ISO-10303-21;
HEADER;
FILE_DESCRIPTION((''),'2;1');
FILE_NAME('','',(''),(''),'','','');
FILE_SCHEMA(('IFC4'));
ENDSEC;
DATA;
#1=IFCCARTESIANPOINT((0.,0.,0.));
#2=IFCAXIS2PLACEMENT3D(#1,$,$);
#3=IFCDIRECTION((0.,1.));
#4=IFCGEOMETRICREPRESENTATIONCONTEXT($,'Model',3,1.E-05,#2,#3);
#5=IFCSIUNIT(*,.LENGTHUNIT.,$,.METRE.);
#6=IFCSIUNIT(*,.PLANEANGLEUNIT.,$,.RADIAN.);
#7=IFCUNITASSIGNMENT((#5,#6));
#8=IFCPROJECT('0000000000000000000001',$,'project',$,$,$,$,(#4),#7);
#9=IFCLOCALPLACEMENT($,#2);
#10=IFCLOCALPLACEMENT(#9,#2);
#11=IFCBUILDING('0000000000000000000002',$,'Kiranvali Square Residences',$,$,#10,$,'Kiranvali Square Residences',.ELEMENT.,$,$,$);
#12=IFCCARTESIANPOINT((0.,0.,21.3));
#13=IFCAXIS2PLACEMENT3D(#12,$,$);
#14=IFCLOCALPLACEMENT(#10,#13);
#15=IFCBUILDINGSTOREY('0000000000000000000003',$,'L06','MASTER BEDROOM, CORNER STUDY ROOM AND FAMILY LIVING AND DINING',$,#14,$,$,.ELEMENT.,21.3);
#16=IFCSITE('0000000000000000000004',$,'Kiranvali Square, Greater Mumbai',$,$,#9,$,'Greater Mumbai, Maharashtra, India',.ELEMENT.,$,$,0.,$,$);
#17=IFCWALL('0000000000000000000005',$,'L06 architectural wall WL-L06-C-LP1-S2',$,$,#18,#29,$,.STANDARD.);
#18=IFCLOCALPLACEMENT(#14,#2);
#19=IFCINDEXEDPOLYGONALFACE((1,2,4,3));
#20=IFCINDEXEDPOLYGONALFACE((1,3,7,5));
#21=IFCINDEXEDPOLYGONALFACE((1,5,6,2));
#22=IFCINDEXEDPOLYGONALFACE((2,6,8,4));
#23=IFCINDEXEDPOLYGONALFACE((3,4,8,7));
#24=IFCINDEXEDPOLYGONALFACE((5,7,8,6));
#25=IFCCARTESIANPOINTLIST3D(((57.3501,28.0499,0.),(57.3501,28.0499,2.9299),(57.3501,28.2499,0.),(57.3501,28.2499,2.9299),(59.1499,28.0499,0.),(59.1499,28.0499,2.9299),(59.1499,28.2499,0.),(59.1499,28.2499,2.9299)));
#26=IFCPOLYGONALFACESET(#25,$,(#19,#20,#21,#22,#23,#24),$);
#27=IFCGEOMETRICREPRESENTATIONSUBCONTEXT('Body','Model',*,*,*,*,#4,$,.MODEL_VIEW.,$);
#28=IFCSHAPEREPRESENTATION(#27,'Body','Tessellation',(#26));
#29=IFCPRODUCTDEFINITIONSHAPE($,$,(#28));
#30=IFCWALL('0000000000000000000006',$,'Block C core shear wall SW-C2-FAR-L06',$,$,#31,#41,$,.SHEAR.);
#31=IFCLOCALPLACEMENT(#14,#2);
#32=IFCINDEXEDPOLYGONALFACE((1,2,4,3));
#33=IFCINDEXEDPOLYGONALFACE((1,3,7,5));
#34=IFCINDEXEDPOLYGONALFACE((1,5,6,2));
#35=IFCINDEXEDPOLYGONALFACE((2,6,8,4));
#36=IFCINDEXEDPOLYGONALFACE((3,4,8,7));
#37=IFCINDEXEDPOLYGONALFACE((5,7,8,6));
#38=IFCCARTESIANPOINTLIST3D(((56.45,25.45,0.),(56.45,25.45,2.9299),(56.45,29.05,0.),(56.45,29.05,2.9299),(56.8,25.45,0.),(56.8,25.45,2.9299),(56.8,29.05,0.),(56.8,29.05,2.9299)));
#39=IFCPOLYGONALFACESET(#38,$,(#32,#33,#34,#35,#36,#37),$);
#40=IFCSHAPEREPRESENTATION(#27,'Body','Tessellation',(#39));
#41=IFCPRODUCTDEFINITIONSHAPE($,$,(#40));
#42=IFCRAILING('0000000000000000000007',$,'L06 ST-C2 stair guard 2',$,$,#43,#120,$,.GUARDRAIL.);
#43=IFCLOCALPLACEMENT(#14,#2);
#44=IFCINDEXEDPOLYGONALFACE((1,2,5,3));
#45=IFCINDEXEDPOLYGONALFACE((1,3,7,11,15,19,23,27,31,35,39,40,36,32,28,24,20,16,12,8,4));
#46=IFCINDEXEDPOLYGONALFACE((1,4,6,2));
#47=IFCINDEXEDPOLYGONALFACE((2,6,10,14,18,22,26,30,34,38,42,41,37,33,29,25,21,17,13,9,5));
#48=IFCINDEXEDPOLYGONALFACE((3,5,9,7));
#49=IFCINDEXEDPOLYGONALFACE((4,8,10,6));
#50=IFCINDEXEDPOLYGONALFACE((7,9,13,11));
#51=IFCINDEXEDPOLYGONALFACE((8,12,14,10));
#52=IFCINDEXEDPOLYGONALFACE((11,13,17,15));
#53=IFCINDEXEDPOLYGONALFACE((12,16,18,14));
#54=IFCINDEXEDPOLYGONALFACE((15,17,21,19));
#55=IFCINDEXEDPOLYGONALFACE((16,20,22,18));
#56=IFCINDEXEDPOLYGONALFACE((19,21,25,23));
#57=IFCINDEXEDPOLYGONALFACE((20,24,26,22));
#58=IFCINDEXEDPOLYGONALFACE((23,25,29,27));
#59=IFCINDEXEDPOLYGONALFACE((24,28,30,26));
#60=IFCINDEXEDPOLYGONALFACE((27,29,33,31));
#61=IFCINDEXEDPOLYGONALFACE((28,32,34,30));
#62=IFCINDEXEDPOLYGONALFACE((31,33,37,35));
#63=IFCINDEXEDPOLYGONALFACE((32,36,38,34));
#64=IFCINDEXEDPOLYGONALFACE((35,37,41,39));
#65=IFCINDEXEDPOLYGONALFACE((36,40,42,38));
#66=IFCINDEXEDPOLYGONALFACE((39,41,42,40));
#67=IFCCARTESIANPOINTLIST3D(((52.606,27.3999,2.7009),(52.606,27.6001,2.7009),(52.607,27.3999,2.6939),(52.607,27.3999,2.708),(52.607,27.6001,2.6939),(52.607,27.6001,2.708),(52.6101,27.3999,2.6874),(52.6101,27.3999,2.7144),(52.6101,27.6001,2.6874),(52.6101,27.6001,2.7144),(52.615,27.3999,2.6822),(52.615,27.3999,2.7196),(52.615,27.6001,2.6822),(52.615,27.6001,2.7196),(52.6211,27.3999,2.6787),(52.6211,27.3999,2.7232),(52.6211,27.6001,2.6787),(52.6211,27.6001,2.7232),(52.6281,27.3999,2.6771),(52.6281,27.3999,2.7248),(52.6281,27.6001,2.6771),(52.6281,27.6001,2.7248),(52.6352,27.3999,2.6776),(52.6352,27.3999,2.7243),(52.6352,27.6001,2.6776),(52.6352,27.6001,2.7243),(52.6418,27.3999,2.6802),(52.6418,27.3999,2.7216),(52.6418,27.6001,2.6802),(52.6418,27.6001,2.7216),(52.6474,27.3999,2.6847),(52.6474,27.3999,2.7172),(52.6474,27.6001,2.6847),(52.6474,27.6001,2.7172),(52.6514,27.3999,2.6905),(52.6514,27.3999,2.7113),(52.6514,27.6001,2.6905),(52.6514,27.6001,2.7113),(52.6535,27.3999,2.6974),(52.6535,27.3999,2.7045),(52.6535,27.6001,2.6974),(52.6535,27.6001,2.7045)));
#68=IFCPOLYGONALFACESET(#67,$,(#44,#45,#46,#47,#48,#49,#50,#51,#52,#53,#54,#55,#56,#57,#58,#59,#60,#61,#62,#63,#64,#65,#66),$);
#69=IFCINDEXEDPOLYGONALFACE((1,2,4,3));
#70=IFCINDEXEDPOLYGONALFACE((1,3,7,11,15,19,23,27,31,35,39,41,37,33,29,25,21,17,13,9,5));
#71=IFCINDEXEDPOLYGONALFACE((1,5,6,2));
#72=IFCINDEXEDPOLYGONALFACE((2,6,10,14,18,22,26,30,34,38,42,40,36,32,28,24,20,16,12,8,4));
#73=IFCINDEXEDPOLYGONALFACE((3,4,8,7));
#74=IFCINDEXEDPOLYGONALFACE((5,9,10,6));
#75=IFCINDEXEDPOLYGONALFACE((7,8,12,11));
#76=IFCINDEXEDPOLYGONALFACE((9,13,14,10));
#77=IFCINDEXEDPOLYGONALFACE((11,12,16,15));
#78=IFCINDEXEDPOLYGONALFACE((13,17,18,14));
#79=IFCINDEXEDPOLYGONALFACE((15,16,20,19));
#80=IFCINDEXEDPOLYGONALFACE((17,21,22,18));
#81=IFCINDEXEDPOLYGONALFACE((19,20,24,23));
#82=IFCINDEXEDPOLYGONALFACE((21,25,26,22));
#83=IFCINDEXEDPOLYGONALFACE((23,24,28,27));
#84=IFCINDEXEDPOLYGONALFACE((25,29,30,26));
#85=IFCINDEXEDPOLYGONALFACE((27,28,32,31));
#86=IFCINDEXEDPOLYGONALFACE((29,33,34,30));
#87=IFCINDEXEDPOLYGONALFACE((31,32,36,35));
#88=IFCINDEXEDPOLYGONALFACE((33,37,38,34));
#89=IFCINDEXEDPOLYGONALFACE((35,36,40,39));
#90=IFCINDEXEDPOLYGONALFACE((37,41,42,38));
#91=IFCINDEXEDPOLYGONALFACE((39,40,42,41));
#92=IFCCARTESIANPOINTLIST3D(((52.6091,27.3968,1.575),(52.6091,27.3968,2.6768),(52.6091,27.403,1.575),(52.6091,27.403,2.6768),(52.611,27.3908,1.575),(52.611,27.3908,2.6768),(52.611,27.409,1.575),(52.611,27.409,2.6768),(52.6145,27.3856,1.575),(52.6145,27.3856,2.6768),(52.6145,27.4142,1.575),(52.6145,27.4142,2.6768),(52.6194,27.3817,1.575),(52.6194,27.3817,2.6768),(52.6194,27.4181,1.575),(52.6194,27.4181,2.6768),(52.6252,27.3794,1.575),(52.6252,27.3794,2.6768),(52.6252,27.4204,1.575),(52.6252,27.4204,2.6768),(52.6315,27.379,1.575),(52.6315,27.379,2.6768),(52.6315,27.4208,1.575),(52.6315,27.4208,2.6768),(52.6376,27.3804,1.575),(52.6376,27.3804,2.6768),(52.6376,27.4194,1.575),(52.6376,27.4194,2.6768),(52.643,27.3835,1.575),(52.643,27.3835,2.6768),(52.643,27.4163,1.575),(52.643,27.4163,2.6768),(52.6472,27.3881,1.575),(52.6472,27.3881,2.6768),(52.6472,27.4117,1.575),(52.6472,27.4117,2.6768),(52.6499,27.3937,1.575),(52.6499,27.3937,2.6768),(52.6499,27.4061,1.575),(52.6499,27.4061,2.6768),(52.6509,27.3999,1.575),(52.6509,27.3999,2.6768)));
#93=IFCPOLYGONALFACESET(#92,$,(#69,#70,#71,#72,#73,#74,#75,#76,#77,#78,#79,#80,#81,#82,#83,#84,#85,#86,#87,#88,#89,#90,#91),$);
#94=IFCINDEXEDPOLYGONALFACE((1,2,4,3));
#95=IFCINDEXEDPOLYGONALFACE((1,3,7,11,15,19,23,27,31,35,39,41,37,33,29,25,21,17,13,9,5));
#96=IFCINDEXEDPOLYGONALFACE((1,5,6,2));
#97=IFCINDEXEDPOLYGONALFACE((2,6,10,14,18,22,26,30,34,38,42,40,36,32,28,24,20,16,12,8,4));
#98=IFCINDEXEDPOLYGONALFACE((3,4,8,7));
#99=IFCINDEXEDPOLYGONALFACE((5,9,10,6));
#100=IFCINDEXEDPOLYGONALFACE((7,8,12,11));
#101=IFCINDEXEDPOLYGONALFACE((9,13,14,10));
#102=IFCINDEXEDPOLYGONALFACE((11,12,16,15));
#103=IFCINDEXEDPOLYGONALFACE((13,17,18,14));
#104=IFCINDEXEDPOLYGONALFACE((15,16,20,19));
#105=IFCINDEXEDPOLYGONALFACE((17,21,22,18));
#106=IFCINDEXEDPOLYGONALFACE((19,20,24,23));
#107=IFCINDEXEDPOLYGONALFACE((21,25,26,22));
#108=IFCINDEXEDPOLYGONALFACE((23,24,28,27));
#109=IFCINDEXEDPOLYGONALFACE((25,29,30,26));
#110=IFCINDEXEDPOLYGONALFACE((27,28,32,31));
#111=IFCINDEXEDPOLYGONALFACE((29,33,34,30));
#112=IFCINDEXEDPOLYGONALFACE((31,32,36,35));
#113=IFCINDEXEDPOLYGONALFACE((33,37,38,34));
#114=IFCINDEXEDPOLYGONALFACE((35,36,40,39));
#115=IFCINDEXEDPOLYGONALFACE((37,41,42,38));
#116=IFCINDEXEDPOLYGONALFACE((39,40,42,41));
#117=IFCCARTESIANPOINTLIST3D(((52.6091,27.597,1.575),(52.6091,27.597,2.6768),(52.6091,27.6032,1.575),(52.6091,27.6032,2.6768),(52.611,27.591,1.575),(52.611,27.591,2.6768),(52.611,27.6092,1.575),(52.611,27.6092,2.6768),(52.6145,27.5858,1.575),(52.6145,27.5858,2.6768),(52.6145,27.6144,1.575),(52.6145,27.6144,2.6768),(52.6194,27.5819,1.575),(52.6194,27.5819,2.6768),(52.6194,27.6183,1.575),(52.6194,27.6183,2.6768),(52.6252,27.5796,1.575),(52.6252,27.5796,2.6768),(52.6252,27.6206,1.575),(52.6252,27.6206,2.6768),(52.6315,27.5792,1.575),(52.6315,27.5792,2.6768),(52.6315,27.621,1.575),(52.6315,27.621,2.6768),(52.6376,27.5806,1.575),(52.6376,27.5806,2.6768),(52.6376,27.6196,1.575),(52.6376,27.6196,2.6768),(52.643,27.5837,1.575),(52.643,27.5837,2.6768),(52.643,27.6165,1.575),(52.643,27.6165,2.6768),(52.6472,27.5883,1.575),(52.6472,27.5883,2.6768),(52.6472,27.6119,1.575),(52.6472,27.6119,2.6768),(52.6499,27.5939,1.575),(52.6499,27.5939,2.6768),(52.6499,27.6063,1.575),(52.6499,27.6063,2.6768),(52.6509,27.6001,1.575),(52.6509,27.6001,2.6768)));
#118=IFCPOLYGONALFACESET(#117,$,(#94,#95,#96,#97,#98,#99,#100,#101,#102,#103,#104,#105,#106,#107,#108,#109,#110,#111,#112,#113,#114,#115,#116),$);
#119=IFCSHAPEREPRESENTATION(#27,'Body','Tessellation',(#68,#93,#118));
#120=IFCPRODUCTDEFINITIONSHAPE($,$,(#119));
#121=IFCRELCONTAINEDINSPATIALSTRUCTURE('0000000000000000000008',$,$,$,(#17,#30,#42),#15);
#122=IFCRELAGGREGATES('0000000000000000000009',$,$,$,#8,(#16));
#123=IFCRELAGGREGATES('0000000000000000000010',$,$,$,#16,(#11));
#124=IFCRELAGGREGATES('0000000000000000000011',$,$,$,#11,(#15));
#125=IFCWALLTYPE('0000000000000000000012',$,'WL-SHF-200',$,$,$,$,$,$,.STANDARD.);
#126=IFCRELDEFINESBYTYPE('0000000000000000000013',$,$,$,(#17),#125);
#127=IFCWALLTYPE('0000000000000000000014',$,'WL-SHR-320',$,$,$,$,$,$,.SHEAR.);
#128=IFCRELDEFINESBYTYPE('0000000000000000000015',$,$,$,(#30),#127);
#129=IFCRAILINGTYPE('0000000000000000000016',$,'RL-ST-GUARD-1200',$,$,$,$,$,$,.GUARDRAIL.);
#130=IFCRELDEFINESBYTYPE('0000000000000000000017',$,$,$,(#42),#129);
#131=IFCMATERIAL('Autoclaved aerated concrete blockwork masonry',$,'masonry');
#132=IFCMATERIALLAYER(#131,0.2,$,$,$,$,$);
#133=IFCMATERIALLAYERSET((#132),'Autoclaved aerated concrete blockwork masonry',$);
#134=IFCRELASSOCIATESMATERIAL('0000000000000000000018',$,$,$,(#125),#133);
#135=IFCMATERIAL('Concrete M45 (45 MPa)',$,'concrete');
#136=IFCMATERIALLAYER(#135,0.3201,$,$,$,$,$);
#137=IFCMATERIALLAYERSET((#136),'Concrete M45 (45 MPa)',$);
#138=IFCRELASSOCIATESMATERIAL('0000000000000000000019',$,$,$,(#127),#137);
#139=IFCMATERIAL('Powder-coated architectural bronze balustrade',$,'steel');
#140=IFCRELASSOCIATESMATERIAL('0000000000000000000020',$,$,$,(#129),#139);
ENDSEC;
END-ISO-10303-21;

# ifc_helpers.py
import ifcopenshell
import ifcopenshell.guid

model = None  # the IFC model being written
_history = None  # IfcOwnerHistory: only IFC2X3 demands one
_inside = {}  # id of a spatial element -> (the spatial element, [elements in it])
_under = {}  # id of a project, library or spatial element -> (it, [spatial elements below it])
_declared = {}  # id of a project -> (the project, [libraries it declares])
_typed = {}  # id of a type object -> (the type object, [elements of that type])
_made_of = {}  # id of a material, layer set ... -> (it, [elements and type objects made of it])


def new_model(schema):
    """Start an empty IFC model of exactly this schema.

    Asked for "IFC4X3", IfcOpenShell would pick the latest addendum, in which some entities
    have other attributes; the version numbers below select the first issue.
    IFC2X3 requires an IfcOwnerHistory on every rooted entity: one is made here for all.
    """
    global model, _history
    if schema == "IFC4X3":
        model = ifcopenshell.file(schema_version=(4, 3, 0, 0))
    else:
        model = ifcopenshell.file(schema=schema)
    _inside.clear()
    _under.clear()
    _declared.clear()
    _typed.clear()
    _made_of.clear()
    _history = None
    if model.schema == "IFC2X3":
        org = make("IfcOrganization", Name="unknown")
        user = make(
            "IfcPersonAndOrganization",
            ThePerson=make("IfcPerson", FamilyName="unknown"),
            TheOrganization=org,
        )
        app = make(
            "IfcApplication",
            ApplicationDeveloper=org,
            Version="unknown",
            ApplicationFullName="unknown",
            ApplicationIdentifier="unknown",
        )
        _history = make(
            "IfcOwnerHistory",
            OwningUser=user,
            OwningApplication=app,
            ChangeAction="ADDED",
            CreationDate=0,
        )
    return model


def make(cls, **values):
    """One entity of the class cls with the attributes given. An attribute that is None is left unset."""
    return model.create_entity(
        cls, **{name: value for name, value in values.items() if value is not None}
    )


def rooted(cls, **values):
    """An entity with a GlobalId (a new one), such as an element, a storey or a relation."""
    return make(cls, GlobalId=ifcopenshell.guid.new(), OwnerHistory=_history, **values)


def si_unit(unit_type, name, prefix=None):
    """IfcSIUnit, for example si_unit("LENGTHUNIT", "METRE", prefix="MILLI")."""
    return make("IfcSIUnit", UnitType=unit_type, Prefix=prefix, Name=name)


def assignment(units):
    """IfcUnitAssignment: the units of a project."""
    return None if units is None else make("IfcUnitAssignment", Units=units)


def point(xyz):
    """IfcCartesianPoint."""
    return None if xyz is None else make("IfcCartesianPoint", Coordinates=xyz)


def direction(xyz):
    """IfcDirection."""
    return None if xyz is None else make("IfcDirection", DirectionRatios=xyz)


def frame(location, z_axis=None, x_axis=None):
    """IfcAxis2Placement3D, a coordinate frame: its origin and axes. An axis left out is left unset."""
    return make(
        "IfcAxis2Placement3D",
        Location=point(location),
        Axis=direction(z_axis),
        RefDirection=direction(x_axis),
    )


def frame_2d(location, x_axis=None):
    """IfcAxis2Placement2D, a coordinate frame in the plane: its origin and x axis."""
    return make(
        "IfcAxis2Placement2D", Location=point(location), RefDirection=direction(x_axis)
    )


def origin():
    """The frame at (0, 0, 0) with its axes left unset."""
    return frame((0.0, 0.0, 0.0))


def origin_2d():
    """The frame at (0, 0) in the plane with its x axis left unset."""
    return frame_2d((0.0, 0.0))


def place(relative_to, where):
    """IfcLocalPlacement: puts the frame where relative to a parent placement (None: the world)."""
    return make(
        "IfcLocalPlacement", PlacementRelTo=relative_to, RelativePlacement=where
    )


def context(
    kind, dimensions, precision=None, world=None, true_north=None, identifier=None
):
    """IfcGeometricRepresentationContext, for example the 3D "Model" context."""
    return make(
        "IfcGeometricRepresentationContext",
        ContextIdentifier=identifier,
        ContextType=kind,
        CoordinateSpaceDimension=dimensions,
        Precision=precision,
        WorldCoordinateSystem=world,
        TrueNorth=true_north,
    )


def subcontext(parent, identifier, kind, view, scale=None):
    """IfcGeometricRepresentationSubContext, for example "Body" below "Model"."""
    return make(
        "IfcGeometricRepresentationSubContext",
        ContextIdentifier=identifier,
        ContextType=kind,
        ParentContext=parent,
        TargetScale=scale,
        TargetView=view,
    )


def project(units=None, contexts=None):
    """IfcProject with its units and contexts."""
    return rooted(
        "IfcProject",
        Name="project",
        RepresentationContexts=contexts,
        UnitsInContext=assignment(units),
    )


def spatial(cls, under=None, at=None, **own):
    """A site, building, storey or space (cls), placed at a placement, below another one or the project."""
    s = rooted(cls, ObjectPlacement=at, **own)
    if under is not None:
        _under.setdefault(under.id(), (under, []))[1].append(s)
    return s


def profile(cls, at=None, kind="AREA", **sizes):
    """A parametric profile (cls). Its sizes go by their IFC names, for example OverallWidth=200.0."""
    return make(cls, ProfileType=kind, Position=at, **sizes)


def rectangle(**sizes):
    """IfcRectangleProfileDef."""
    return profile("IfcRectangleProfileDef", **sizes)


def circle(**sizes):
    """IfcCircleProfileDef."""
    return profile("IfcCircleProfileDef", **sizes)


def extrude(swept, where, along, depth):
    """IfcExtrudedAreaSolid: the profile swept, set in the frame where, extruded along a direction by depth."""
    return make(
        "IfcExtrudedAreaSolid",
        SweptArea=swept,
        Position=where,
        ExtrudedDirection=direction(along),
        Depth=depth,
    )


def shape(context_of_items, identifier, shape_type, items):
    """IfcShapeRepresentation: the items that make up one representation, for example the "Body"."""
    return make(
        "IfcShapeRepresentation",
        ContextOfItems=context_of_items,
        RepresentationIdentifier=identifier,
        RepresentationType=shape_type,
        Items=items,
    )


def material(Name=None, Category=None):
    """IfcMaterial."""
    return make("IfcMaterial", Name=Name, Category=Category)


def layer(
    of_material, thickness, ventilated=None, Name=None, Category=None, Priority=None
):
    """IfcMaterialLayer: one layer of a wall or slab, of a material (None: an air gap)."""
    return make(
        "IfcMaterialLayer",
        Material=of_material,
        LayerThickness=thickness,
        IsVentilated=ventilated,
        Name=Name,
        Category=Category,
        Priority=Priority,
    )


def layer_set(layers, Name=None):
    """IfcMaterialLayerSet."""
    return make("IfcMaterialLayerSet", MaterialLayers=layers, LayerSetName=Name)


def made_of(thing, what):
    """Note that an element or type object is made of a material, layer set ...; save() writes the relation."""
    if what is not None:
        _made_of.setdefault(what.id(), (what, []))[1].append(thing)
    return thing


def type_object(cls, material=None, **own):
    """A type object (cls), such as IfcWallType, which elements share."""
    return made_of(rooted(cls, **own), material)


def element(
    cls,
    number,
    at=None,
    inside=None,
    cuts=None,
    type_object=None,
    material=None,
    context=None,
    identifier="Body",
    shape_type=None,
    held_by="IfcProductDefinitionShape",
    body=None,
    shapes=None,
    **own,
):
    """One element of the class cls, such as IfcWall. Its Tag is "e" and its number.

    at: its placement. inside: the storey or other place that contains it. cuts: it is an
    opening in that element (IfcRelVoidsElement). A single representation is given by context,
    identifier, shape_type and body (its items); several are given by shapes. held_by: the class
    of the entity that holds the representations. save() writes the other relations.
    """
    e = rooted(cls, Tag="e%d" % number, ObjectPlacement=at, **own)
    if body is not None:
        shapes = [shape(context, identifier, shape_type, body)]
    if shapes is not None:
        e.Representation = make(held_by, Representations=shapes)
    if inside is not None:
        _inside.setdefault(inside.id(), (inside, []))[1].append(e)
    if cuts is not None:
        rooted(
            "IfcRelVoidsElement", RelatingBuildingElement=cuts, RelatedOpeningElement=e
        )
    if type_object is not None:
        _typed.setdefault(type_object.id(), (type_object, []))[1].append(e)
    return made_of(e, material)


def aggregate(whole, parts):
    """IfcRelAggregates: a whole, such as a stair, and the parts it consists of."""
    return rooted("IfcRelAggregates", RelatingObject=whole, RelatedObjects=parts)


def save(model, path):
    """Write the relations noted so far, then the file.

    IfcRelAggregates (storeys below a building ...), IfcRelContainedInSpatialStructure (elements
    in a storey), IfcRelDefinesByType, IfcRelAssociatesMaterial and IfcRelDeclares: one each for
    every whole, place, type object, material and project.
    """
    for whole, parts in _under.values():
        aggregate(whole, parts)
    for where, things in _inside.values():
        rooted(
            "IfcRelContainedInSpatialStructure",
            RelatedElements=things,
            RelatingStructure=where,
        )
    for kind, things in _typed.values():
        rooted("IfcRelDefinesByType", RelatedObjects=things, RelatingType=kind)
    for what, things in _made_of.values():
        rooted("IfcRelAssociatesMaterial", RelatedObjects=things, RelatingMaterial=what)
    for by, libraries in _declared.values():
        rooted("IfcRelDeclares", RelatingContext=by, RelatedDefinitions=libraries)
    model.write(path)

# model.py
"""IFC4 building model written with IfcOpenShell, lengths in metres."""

from ifc_helpers import new_model, si_unit, direction, frame, frame_2d, origin, origin_2d, place, context, subcontext, project, spatial, rectangle, circle, extrude, material, layer, layer_set, type_object, element, save


model = new_model("IFC4")

# Units and contexts
model_context = context("Model", 3, precision=1e-05, world=origin(), true_north=direction((0.0, 1.0)))
body_context = subcontext(model_context, "Body", "Model", "MODEL_VIEW")
ifc_project = project(units=[si_unit("LENGTHUNIT", "METRE"), si_unit("PLANEANGLEUNIT", "RADIAN")], contexts=[model_context])

# Site, building, storey
site_placement = place(None, origin())
site = spatial("IfcSite", under=ifc_project, at=site_placement, Name="Kiranvali Square, Greater Mumbai", LongName="Greater Mumbai, Maharashtra, India", CompositionType="ELEMENT", RefElevation=0.0)
building_placement = place(site_placement, origin())
building = spatial("IfcBuilding", under=site, at=building_placement, Name="Kiranvali Square Residences", LongName="Kiranvali Square Residences", CompositionType="ELEMENT")
storey_placement = place(building_placement, frame((0.0, 0.0, 21.3)))
storey = spatial("IfcBuildingStorey", under=building, at=storey_placement, Name="L06", Description="MASTER BEDROOM, CORNER STUDY ROOM AND FAMILY LIVING AND DINING", CompositionType="ELEMENT", Elevation=21.3)

# Shared definitions
ifc_material_1 = material(Name="Concrete M45 (45 MPa)", Category="concrete")

# Shared definitions
ifc_material_2 = material(Name="Autoclaved aerated concrete blockwork masonry", Category="masonry")

# Wall
ifc_layer_1 = layer(ifc_material_2, 0.2)
ifc_layer_set_1 = layer_set([ifc_layer_1], Name="Autoclaved aerated concrete blockwork masonry")
wall_type_1 = type_object("IfcWallType", Name="WL-SHF-200", PredefinedType="STANDARD", material=ifc_layer_set_1)
wall_1_placement = place(storey_placement, frame((57.3501, 28.1499, 0.0), z_axis=(0.0, 0.0, 1.0), x_axis=(1.0, 0.0, 0.0)))
element("IfcWall", 1, at=wall_1_placement, inside=storey, type_object=wall_type_1, Name="L06 architectural wall WL-L06-C-LP1-S2", PredefinedType="STANDARD", context=body_context, shape_type="SweptSolid", body=[
    extrude(rectangle(XDim=1.7998, YDim=0.2, at=frame_2d((0.8999, 0.0))), origin(), (0.0, 0.0, 1.0), 2.9299),
])

# Wall
ifc_layer_2 = layer(ifc_material_1, 0.3201)
ifc_layer_set_2 = layer_set([ifc_layer_2], Name="Concrete M45 (45 MPa)")
wall_type_2 = type_object("IfcWallType", Name="WL-SHR-320", PredefinedType="SHEAR", material=ifc_layer_set_2)
wall_2_placement = place(storey_placement, frame((56.625, 29.05, 0.0), z_axis=(0.0, 0.0, 1.0), x_axis=(0.0, -1.0, 0.0)))
element("IfcWall", 2, at=wall_2_placement, inside=storey, type_object=wall_type_2, Name="Block C core shear wall SW-C2-FAR-L06", PredefinedType="SHEAR", context=body_context, shape_type="SweptSolid", body=[
    extrude(rectangle(XDim=3.6001, YDim=0.3501, at=frame_2d((1.8, 0.0))), origin(), (0.0, 0.0, 1.0), 2.9299),
])

# Railing
ifc_material_3 = material(Name="Powder-coated architectural bronze balustrade", Category="steel")
railing_type = type_object("IfcRailingType", Name="RL-ST-GUARD-1200", PredefinedType="GUARDRAIL", material=ifc_material_3)
railing_placement = place(storey_placement, frame((52.6299, 27.3999, 1.575)))
element("IfcRailing", 3, at=railing_placement, inside=storey, type_object=railing_type, Name="L06 ST-C2 stair guard 2", PredefinedType="GUARDRAIL", context=body_context, shape_type="SweptSolid", body=[
    extrude(circle(Radius=0.0239, at=origin_2d()), frame((0.0, 0.0, 1.126), z_axis=(0.0, 1.0, 0.0), x_axis=(-1.0, 0.0, 0.0)), (0.0, 0.0, 1.0), 0.2002),
    extrude(circle(Radius=0.021, at=origin_2d()), origin(), (0.0, 0.0, 1.0), 1.1018),
    extrude(circle(Radius=0.021, at=origin_2d()), frame((0.0, 0.2002, 0.0)), (0.0, 0.0, 1.0), 1.1018),
])

save(model, "model.ifc")
